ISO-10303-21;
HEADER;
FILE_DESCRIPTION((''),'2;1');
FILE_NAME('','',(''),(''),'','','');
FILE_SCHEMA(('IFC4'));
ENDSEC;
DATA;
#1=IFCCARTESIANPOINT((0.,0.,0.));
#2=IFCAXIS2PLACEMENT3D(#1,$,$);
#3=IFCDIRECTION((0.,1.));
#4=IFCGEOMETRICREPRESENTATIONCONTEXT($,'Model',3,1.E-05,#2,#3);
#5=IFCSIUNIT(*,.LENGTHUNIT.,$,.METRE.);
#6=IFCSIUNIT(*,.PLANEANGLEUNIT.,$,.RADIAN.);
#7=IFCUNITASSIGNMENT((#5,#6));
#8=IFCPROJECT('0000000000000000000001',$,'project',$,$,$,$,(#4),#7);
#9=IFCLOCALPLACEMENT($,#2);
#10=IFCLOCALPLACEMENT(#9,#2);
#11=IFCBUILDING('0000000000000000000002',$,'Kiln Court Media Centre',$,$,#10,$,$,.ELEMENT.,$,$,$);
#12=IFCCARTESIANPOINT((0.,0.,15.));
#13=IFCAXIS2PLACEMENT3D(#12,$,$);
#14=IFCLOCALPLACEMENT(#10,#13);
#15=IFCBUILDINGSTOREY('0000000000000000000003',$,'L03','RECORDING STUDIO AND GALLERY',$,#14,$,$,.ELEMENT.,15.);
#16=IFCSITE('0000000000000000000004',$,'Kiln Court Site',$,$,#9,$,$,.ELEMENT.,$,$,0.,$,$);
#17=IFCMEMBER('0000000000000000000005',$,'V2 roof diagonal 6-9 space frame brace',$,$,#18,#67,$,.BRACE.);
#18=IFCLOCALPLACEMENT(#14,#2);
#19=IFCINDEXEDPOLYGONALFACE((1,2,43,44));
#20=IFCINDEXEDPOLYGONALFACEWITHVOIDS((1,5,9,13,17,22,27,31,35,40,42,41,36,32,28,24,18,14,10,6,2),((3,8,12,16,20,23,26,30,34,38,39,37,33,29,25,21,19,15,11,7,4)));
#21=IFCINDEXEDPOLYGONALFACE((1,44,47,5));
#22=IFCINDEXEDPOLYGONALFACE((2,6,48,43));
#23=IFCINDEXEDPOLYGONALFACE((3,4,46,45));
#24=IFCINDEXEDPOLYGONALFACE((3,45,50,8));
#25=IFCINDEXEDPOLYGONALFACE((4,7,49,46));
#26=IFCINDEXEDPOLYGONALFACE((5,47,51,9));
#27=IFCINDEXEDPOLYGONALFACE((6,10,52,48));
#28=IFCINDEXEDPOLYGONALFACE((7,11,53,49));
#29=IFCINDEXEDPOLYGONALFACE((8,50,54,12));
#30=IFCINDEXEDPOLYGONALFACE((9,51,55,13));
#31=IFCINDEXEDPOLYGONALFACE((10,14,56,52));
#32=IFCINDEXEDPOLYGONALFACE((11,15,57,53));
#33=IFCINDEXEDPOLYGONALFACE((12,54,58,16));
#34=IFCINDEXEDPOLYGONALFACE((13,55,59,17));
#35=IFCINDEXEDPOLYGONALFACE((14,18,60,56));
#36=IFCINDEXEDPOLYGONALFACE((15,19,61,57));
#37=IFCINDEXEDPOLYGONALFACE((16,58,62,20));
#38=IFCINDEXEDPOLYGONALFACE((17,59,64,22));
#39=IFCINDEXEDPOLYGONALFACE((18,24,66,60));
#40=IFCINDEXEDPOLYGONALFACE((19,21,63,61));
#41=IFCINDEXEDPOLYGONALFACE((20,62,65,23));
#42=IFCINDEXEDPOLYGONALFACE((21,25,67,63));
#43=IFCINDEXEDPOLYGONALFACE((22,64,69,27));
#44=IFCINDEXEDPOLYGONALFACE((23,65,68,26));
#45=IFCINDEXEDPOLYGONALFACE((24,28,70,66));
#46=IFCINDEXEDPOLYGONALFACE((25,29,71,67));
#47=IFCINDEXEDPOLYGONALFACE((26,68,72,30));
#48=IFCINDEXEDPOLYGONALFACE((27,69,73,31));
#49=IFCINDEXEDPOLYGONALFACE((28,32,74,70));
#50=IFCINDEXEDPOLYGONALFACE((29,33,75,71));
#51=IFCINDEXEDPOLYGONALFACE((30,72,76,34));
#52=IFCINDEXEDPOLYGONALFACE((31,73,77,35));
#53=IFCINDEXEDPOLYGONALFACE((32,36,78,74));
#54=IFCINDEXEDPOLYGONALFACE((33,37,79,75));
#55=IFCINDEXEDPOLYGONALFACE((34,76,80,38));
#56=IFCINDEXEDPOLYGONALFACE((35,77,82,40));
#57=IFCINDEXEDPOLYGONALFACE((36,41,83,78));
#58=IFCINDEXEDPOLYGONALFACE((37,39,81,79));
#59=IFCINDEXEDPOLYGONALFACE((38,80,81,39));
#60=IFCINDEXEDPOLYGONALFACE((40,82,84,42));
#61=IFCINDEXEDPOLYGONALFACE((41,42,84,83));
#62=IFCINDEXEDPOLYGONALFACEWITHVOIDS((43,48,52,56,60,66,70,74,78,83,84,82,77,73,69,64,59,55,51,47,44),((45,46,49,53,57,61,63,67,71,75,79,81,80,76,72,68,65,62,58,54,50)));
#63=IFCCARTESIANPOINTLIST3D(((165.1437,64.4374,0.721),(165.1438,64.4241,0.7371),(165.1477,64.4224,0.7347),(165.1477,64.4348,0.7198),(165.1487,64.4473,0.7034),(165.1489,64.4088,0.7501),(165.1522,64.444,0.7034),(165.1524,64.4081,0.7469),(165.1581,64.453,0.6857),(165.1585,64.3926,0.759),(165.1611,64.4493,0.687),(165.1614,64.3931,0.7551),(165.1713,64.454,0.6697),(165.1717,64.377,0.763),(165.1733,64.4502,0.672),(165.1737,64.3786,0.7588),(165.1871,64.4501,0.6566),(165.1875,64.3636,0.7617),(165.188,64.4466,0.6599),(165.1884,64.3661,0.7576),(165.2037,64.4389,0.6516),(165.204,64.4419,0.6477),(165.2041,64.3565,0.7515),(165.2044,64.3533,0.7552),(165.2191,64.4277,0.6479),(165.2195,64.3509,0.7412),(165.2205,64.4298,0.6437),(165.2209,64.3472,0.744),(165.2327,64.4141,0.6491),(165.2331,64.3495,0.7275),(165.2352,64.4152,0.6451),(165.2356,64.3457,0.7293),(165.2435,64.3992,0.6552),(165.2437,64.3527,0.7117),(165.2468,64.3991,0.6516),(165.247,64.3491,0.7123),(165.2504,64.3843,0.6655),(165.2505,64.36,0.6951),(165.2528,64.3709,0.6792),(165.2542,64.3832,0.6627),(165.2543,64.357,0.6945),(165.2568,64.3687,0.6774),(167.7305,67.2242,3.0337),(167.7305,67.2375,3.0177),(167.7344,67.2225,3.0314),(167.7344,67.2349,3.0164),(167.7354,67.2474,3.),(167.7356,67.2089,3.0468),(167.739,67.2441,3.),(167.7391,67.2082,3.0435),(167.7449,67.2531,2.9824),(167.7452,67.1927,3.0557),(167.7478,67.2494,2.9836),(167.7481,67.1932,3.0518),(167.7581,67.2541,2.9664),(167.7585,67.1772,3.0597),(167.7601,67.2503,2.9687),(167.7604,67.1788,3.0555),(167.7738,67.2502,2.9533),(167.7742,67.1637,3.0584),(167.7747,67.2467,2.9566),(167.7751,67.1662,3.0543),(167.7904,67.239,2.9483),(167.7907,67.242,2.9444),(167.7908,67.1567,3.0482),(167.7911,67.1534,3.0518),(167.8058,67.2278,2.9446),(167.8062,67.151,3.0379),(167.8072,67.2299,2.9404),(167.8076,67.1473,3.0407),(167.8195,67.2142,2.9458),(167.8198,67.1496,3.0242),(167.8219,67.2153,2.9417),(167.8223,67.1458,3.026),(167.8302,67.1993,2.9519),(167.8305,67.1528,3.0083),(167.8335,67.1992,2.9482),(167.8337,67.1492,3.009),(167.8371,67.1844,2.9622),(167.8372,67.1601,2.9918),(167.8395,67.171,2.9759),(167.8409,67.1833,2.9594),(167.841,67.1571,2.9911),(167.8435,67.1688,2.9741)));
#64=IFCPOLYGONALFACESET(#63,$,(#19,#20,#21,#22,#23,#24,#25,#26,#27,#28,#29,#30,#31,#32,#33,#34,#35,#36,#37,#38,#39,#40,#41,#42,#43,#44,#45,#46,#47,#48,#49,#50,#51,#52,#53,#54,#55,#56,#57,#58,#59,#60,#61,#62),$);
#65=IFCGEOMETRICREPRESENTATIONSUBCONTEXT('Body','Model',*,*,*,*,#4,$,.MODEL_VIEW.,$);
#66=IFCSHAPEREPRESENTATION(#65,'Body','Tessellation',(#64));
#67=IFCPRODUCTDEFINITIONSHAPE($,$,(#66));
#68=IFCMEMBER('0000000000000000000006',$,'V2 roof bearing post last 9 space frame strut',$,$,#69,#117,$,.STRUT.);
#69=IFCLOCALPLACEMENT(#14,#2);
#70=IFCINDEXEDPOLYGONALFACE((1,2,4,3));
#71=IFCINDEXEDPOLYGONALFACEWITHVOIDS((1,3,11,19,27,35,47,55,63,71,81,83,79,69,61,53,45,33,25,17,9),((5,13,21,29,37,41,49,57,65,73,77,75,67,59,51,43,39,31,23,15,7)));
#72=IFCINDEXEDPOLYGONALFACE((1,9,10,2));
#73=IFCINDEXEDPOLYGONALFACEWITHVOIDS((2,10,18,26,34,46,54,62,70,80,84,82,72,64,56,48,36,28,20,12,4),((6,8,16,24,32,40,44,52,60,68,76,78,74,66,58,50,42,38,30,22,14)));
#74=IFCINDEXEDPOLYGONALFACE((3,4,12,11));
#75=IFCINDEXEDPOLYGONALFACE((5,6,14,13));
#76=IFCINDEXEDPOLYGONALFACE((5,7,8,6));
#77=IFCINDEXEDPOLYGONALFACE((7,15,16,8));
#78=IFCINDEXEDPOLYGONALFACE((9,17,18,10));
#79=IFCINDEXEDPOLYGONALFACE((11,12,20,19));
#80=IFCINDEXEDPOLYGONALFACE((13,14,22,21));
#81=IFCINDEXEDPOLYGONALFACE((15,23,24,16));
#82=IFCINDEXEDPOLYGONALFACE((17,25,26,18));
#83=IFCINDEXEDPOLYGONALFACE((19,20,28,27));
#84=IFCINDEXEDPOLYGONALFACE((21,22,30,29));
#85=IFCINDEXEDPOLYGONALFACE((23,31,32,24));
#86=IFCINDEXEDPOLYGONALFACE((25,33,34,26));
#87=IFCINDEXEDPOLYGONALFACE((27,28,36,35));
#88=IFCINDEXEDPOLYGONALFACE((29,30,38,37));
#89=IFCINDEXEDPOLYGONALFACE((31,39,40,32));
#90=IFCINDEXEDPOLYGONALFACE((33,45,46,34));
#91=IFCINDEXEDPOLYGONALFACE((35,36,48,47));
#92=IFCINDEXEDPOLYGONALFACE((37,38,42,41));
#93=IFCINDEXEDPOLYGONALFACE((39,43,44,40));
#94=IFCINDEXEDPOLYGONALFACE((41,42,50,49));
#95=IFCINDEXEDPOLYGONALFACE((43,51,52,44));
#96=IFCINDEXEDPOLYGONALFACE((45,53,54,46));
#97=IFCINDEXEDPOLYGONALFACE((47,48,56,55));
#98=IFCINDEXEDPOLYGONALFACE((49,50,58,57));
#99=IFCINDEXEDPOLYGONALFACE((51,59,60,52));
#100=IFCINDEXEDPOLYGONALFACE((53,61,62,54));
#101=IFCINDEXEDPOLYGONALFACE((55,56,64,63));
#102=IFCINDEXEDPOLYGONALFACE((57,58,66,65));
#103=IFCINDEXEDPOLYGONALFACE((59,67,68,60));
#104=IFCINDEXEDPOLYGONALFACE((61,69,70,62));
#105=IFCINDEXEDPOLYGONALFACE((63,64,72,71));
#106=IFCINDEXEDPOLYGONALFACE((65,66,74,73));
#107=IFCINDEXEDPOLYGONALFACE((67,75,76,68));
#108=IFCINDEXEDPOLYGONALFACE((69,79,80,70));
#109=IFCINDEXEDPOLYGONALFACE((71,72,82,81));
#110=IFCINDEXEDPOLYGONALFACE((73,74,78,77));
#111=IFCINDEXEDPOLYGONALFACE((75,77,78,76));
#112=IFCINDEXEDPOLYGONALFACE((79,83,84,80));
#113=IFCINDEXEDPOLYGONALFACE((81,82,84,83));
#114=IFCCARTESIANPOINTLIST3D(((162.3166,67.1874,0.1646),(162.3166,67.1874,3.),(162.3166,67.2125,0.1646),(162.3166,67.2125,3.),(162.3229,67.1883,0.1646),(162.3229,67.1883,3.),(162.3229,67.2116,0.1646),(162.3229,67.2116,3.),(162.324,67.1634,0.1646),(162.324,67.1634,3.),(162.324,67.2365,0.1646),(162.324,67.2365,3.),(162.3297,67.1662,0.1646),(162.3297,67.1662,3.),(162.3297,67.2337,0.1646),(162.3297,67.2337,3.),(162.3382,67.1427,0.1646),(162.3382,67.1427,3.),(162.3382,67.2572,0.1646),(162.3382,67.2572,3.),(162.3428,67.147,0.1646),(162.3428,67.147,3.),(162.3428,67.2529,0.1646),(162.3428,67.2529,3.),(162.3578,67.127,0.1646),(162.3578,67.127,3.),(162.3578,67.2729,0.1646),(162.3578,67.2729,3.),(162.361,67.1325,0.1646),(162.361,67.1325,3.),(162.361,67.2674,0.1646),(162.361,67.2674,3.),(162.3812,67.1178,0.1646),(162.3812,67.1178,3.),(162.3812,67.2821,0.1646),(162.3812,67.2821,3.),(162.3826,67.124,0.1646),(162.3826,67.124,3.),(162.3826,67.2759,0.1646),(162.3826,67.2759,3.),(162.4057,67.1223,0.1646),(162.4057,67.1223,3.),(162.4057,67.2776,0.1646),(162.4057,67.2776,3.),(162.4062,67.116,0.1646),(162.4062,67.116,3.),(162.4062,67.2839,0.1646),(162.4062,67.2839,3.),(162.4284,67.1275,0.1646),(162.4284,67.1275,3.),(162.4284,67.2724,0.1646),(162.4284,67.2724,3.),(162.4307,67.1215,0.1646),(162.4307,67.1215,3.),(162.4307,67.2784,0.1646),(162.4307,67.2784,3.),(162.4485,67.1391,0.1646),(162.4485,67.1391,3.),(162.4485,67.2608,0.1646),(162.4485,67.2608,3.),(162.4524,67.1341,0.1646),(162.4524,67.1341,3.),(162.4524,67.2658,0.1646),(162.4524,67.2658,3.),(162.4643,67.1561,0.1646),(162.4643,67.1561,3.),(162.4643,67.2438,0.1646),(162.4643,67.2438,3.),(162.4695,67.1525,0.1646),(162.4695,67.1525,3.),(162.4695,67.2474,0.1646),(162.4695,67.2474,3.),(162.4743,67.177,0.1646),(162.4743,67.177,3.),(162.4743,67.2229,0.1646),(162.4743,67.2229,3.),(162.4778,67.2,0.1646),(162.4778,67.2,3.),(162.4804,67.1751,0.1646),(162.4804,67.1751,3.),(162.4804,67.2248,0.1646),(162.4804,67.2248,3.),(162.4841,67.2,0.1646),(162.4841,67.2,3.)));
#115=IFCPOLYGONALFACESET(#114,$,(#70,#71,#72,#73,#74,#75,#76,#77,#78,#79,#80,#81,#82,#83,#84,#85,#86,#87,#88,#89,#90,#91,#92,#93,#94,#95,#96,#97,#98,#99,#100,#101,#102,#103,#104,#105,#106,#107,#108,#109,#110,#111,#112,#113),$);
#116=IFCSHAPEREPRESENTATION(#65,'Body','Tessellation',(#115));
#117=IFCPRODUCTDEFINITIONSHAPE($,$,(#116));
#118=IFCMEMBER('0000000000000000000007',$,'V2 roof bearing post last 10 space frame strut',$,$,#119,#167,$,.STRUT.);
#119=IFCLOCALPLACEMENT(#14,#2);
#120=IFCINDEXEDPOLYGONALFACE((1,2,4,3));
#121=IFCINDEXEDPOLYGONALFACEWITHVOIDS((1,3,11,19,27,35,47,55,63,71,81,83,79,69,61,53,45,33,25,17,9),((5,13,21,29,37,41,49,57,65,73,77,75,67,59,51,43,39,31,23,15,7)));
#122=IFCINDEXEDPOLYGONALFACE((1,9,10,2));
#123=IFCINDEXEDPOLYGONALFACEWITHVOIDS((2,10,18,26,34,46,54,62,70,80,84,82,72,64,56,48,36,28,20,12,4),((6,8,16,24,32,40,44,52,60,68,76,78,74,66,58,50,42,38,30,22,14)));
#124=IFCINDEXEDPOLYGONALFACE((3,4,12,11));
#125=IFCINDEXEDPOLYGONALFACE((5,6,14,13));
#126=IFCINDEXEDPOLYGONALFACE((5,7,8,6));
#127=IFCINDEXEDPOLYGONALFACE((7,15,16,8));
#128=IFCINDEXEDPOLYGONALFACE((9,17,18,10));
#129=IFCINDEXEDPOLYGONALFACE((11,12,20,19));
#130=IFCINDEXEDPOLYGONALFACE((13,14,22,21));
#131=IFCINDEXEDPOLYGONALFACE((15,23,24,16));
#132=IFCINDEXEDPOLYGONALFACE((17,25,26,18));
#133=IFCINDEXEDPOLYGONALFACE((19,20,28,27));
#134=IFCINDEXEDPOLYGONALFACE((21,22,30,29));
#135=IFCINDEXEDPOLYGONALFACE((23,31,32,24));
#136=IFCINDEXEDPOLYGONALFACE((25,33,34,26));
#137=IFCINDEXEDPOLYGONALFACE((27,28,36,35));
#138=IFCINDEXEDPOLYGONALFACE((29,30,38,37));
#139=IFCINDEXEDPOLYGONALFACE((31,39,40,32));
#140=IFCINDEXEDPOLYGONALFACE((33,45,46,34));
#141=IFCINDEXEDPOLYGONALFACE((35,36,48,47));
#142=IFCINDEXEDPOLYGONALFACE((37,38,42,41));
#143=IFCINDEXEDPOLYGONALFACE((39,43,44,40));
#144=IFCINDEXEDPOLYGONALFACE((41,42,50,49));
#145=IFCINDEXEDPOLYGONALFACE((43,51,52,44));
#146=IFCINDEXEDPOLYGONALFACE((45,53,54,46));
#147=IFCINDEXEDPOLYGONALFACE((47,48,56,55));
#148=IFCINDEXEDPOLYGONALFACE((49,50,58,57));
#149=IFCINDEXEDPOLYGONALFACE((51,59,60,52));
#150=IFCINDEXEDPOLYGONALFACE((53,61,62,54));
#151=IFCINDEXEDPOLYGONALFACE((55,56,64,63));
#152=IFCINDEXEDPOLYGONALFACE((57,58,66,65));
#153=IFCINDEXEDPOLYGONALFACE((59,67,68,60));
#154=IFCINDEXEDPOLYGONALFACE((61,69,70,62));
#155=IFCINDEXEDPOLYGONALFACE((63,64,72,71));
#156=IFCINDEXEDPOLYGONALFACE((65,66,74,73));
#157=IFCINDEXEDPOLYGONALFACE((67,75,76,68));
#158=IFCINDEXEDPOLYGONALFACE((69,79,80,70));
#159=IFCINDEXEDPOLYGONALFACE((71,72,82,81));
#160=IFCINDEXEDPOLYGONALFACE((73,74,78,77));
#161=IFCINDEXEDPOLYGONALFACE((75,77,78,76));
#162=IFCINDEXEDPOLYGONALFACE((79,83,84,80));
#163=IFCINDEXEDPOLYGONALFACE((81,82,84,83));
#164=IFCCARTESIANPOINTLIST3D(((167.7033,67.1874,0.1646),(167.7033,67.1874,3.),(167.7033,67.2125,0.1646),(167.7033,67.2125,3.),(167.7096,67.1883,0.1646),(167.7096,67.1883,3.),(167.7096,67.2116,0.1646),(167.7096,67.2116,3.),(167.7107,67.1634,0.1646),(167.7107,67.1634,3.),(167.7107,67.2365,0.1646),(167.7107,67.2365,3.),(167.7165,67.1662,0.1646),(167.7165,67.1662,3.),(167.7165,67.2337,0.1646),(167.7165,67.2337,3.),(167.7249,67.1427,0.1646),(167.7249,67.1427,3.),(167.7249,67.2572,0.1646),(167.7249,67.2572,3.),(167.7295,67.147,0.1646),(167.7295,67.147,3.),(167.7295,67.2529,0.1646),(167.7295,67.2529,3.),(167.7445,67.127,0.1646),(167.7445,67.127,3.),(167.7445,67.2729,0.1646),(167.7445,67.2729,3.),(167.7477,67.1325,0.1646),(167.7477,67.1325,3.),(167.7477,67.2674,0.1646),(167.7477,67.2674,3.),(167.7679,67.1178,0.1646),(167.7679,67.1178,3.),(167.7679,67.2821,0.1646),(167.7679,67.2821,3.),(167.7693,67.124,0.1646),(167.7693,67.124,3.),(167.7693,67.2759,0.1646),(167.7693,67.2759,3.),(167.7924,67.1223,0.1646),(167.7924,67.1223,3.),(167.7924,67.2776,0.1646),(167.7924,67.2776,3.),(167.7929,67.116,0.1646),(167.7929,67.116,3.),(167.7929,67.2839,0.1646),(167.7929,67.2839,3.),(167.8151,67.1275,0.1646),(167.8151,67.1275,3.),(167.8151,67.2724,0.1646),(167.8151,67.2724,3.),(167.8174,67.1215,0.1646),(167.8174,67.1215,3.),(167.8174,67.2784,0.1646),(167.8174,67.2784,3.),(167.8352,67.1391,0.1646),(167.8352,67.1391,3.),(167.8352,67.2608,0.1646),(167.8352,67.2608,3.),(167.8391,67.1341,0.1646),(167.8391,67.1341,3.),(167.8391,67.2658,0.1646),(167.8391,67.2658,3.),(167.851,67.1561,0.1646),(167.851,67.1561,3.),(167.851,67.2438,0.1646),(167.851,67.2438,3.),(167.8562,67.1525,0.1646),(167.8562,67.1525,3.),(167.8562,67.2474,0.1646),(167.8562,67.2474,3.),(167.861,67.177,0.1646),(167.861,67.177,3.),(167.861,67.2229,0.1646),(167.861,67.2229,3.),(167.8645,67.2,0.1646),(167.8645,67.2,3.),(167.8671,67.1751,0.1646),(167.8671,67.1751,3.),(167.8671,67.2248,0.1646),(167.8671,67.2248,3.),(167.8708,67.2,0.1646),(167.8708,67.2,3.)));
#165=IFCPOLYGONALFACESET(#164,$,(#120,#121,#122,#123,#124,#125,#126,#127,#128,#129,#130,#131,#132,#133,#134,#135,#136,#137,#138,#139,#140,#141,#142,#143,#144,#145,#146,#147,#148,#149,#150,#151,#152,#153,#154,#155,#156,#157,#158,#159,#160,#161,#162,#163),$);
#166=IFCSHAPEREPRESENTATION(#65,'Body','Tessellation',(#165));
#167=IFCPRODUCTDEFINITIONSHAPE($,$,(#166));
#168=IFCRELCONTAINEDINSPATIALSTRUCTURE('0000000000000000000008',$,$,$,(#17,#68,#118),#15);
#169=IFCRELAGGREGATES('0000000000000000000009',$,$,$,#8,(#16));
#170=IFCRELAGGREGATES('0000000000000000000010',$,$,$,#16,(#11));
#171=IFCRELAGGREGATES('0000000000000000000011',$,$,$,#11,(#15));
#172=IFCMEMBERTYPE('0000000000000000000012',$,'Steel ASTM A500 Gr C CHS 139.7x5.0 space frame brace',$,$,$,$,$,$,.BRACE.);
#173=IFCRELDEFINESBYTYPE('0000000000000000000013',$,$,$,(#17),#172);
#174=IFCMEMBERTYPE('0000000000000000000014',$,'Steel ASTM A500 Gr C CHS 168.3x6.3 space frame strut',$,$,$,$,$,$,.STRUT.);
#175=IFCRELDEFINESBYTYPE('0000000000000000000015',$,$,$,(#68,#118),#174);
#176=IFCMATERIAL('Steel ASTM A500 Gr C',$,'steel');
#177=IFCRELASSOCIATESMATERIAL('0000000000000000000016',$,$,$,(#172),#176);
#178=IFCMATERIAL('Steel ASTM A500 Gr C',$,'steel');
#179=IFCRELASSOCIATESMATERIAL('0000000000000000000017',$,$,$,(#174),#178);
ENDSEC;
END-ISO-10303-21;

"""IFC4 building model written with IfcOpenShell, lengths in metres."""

from ifc_helpers import new_model, si_unit, direction, frame, origin, origin_2d, place, context, subcontext, project, spatial, hollow_circle, extrude, material, material_profile, profile_set, type_object, element, save


model = new_model("IFC4")

# Units and contexts
model_context = context("Model", 3, precision=1e-05, world=origin(), true_north=direction((0.0, 1.0)))
body_context = subcontext(model_context, "Body", "Model", "MODEL_VIEW")
ifc_project = project(units=[si_unit("LENGTHUNIT", "METRE"), si_unit("PLANEANGLEUNIT", "RADIAN")], contexts=[model_context])

# Site, building, storey
site_placement = place(None, origin())
site = spatial("IfcSite", under=ifc_project, at=site_placement, Name="Kiln Court Site", CompositionType="ELEMENT", RefElevation=0.0)
building_placement = place(site_placement, origin())
building = spatial("IfcBuilding", under=site, at=building_placement, Name="Kiln Court Media Centre", CompositionType="ELEMENT")
storey_placement = place(building_placement, frame((0.0, 0.0, 15.0)))
storey = spatial("IfcBuildingStorey", under=building, at=storey_placement, Name="L03", Description="RECORDING STUDIO AND GALLERY", CompositionType="ELEMENT", Elevation=15.0)

# Members
ifc_material_1 = material(Name="Steel ASTM A500 Gr C", Category="steel")
ifc_material_profile_1 = material_profile(ifc_material_1, hollow_circle(Radius=0.0698, WallThickness=0.0049, at=origin_2d()), Name="CHS 139.7x5.0")
ifc_profile_set_1 = profile_set([ifc_material_profile_1], Name="Steel ASTM A500 Gr C")
member_type_1 = type_object("IfcMemberType", Name="Steel ASTM A500 Gr C CHS 139.7x5.0 space frame brace", PredefinedType="BRACE", material=ifc_profile_set_1)
member_1_placement = place(storey_placement, frame((165.2, 64.3999, 0.7034), z_axis=(0.581228, 0.629174, 0.516056), x_axis=(-0.734541, 0.678565, 0.0)))
element("IfcMember", 1, at=member_1_placement, inside=storey, type_object=member_type_1, Name="V2 roof diagonal 6-9 space frame brace", PredefinedType="BRACE", context=body_context, shape_type="SweptSolid", body=[
    extrude(hollow_circle(Radius=0.0698, WallThickness=0.0049, at=origin_2d()), origin(), (0.0, 0.0, 1.0), 4.4504),
])
ifc_material_2 = material(Name="Steel ASTM A500 Gr C", Category="steel")
ifc_material_profile_2 = material_profile(ifc_material_2, hollow_circle(Radius=0.0842, WallThickness=0.0063, at=origin_2d()), Name="CHS 168.3x6.3")
ifc_profile_set_2 = profile_set([ifc_material_profile_2], Name="Steel ASTM A500 Gr C")
member_type_2 = type_object("IfcMemberType", Name="Steel ASTM A500 Gr C CHS 168.3x6.3 space frame strut", PredefinedType="STRUT", material=ifc_profile_set_2)
for number, where, z_axis, x_axis, name in (
    (2, (162.3999, 67.2, 0.1646), (0.0, 0.0, 1.0), (1.0, 0.0, 0.0), "V2 roof bearing post last 9 space frame strut"),
    (3, (167.7866, 67.2, 0.1646), (0.0, 0.0, 1.0), (1.0, 0.0, 0.0), "V2 roof bearing post last 10 space frame strut"),
):
    element("IfcMember", number, at=place(storey_placement, frame(where, z_axis=z_axis, x_axis=x_axis)), inside=storey, type_object=member_type_2, Name=name, PredefinedType="STRUT", context=body_context, shape_type="SweptSolid", body=[
        extrude(hollow_circle(Radius=0.0842, WallThickness=0.0063, at=origin_2d()), origin(), (0.0, 0.0, 1.0), 2.8354),
    ])

save(model, "model.ifc")
